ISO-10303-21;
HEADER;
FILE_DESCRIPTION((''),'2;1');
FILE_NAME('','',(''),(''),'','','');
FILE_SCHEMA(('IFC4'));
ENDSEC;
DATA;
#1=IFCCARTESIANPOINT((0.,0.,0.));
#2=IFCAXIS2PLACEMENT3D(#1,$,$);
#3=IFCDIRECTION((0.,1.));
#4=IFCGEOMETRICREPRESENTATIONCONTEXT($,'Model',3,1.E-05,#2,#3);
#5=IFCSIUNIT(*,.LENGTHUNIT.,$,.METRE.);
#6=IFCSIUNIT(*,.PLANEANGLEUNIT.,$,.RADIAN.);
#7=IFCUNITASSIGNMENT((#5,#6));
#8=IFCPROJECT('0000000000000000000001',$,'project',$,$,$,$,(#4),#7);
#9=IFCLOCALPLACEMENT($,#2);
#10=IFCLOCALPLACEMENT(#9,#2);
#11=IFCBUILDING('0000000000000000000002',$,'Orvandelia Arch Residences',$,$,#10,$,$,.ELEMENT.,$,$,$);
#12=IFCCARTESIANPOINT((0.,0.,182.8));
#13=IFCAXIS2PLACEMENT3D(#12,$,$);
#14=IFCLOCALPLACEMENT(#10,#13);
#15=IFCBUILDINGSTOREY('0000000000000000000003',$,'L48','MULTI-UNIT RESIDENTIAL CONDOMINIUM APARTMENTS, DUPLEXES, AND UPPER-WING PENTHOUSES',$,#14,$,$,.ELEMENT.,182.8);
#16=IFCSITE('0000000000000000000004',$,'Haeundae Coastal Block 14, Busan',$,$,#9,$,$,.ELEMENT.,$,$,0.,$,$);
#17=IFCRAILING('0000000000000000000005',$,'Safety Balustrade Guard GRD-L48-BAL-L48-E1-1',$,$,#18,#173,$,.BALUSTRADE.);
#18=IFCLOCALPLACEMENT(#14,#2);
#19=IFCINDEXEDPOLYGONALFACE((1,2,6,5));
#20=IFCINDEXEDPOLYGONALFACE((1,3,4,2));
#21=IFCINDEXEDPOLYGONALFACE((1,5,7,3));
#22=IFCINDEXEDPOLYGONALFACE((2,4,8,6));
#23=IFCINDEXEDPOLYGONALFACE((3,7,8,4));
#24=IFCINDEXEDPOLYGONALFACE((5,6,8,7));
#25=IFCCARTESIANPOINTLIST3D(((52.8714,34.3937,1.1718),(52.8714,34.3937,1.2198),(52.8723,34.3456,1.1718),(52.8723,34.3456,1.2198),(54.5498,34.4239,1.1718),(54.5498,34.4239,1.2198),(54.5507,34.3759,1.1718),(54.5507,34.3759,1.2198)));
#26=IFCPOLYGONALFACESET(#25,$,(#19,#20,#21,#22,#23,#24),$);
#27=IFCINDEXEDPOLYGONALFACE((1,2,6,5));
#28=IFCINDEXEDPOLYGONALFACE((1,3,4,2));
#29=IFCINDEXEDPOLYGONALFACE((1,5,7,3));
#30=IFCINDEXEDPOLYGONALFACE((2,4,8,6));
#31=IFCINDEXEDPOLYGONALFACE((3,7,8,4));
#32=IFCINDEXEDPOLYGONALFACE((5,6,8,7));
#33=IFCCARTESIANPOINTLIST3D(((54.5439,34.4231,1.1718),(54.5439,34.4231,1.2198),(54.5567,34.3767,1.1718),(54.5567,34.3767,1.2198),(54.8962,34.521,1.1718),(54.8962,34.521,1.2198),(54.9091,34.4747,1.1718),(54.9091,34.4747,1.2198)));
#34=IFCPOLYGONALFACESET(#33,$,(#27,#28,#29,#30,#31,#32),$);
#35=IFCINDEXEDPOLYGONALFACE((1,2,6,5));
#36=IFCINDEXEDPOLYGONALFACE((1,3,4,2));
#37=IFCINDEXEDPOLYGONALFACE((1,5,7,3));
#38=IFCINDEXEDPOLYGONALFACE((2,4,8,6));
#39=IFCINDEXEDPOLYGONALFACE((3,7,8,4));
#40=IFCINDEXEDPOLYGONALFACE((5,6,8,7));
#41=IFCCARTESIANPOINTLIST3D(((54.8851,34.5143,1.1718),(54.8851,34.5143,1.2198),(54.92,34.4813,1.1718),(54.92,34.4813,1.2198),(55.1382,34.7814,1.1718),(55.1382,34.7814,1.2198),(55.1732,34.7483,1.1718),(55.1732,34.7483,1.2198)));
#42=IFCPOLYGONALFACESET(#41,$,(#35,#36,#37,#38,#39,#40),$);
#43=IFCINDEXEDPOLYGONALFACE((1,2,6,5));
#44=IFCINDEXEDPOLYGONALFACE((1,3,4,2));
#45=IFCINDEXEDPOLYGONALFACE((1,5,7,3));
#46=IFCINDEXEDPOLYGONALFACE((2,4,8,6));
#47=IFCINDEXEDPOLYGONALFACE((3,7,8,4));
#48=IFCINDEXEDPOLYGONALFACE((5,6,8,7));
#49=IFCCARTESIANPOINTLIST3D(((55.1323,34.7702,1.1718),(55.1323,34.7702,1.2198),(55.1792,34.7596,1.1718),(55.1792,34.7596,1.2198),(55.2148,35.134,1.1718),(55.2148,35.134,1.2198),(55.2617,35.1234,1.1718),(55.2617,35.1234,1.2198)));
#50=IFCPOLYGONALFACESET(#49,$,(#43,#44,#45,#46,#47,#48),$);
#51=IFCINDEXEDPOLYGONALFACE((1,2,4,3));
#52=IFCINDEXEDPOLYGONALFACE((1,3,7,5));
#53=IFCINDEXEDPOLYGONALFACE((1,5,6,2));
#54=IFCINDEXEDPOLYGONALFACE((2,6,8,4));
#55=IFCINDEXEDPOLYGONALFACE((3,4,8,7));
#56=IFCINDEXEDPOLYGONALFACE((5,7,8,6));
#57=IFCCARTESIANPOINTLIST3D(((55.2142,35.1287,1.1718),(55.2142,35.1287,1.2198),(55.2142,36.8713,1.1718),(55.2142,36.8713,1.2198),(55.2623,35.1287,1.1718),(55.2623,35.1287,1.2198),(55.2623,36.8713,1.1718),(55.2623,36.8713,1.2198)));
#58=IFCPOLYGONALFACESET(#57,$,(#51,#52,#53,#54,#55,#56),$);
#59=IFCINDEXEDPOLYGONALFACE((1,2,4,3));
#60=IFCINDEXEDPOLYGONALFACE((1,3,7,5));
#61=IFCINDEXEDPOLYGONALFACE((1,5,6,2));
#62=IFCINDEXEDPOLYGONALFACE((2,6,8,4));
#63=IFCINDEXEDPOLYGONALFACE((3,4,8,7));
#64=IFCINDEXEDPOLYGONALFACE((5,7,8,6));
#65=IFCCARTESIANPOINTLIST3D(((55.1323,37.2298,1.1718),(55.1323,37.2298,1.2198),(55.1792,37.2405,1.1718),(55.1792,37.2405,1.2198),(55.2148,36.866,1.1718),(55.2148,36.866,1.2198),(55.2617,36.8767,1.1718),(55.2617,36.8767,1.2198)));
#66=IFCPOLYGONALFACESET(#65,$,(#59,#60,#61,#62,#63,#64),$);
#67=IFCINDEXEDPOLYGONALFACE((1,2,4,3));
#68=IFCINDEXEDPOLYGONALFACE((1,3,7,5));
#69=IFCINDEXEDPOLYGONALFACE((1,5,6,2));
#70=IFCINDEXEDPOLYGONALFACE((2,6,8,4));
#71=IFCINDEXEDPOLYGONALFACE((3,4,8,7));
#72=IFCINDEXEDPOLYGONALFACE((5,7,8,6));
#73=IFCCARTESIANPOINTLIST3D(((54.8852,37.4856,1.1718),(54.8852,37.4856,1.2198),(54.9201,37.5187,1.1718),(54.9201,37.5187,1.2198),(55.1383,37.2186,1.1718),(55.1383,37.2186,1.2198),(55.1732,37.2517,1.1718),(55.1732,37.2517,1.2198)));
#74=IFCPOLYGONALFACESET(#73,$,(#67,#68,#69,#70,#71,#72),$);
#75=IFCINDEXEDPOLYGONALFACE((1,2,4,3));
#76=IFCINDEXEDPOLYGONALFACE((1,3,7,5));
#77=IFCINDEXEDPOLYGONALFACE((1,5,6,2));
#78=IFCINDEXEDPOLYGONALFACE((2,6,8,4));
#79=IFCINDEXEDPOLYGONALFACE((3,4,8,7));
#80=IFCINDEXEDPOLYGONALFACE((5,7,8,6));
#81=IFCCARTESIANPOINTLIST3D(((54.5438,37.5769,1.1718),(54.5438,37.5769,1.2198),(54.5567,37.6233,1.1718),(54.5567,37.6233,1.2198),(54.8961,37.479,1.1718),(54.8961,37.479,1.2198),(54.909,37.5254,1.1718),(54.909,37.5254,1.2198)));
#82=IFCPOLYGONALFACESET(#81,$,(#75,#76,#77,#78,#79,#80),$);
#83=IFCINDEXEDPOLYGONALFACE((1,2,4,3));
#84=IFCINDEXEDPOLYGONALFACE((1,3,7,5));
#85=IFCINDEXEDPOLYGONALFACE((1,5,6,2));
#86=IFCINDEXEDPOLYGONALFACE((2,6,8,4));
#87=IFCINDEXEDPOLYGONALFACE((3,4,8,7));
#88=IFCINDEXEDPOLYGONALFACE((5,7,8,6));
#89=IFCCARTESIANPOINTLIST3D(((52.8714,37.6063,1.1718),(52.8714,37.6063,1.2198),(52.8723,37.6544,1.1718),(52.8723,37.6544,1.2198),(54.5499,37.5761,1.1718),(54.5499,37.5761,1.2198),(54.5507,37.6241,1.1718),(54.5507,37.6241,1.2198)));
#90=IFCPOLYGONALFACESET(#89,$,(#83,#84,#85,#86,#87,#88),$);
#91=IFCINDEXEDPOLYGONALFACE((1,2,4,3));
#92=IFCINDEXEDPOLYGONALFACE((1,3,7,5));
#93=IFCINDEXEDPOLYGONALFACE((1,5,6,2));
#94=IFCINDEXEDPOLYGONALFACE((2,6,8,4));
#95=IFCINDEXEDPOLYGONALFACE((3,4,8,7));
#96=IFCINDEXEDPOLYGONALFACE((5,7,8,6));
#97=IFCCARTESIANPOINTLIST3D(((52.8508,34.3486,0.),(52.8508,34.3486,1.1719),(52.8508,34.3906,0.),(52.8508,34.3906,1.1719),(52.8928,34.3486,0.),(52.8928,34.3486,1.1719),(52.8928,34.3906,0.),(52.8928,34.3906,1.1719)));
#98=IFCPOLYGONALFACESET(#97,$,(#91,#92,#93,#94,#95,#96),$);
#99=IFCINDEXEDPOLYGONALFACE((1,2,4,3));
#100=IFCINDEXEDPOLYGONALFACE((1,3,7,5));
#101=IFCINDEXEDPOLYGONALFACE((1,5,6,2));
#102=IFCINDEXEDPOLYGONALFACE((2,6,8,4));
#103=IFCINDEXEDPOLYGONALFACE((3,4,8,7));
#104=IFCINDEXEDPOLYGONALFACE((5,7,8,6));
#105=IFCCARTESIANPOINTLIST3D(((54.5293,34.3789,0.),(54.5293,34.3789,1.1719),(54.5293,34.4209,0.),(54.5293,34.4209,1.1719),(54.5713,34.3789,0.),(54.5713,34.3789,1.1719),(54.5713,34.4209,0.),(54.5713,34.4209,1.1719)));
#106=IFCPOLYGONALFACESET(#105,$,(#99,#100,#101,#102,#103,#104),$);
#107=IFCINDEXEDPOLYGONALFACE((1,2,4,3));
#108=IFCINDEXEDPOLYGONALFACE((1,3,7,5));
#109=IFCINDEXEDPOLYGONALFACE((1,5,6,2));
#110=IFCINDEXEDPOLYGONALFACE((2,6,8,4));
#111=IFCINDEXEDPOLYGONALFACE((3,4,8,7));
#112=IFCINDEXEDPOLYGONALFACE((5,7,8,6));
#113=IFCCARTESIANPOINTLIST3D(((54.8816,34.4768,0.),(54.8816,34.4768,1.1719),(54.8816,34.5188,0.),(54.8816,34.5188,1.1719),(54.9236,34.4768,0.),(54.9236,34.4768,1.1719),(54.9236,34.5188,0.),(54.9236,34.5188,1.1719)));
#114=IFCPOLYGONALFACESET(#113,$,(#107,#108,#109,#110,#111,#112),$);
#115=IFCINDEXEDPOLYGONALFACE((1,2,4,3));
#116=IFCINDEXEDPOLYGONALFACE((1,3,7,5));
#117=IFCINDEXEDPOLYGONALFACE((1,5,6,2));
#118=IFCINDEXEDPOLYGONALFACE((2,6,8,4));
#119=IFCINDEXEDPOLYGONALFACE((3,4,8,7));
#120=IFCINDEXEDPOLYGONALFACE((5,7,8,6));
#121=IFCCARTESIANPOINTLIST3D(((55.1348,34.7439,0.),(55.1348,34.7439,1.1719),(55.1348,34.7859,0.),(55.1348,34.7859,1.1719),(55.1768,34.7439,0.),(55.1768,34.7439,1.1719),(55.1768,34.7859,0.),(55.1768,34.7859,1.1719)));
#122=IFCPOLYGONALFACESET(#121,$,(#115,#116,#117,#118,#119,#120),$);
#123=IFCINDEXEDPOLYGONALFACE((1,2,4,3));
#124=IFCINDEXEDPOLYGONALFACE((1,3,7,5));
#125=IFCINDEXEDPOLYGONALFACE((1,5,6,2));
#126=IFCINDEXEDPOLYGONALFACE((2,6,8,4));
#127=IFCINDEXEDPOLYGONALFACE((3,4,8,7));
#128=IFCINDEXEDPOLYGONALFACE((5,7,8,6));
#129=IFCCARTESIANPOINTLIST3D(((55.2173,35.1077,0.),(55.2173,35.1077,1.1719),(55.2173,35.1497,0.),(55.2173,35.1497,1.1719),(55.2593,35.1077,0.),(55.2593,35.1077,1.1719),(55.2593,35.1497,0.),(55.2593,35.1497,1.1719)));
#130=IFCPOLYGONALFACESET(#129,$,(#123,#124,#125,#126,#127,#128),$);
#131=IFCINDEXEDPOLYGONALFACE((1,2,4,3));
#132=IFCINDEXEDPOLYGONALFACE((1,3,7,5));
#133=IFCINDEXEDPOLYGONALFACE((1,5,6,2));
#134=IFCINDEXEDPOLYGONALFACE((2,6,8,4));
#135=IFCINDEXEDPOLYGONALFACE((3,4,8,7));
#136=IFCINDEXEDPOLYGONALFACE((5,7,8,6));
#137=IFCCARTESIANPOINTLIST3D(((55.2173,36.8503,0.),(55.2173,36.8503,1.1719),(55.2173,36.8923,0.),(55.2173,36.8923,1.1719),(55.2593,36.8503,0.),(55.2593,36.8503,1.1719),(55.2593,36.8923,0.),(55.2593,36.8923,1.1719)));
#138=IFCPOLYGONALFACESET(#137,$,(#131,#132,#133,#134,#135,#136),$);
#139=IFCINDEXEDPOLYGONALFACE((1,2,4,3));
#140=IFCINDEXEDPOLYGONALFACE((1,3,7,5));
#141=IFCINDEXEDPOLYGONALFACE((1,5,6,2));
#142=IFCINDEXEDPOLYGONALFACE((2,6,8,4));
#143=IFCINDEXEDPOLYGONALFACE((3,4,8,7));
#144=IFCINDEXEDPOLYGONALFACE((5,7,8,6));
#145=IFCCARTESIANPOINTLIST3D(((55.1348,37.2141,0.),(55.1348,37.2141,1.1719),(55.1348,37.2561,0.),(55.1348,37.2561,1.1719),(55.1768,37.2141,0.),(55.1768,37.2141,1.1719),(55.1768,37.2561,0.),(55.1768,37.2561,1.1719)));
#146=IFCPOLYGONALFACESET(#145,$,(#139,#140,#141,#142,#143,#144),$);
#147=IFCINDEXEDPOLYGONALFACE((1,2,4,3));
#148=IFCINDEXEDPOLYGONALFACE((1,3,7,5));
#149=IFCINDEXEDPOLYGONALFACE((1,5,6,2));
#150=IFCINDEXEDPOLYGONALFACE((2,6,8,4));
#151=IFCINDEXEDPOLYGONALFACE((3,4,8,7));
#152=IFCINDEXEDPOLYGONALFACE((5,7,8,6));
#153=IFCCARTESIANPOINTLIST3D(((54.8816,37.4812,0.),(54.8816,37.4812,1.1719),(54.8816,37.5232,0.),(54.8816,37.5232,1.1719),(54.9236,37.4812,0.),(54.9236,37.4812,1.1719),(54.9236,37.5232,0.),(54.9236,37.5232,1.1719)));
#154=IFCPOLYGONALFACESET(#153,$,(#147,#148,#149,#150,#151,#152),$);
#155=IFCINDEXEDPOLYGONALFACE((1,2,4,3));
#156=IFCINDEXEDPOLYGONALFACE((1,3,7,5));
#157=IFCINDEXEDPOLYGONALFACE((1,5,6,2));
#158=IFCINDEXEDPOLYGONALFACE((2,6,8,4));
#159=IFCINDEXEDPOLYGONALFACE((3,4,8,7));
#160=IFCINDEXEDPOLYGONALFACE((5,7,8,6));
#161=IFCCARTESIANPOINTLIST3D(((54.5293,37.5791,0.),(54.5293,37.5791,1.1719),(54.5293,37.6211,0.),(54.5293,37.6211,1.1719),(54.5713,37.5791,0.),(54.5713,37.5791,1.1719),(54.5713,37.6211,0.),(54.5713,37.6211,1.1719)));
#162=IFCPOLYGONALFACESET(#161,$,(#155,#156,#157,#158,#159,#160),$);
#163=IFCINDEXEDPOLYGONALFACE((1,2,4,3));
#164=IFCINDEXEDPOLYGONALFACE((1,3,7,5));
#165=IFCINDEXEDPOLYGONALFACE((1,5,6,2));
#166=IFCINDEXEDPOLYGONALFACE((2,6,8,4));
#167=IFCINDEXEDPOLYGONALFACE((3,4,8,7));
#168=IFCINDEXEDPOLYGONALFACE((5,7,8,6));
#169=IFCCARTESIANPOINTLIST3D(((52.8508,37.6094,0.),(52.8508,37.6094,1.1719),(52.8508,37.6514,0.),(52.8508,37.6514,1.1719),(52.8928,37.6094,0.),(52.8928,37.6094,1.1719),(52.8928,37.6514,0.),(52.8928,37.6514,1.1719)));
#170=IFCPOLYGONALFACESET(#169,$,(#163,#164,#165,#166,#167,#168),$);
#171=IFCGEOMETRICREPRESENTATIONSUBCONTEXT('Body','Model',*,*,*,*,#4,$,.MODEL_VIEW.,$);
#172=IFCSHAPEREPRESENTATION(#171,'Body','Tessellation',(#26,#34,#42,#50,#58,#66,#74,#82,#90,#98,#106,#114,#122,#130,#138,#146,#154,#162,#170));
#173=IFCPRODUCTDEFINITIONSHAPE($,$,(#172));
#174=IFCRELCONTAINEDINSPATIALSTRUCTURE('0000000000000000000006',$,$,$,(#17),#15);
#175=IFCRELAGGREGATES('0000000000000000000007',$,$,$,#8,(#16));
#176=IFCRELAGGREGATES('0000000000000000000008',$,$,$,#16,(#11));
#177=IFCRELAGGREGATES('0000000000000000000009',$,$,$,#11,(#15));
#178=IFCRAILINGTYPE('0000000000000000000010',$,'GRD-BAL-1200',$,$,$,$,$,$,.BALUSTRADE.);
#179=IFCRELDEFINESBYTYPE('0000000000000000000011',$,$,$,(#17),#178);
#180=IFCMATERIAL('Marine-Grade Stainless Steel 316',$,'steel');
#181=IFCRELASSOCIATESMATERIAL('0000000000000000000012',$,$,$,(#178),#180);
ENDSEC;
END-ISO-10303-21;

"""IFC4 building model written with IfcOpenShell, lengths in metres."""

from ifc_helpers import new_model, si_unit, direction, frame, origin, origin_2d, place, context, subcontext, project, spatial, rectangle, extrude, material, type_object, element, save


model = new_model("IFC4")

# Units and contexts
model_context = context("Model", 3, precision=1e-05, world=origin(), true_north=direction((0.0, 1.0)))
body_context = subcontext(model_context, "Body", "Model", "MODEL_VIEW")
ifc_project = project(units=[si_unit("LENGTHUNIT", "METRE"), si_unit("PLANEANGLEUNIT", "RADIAN")], contexts=[model_context])

# Site, building, storey
site_placement = place(None, origin())
site = spatial("IfcSite", under=ifc_project, at=site_placement, Name="Haeundae Coastal Block 14, Busan", CompositionType="ELEMENT", RefElevation=0.0)
building_placement = place(site_placement, origin())
building = spatial("IfcBuilding", under=site, at=building_placement, Name="Orvandelia Arch Residences", CompositionType="ELEMENT")
storey_placement = place(building_placement, frame((0.0, 0.0, 182.8)))
storey = spatial("IfcBuildingStorey", under=building, at=storey_placement, Name="L48", Description="MULTI-UNIT RESIDENTIAL CONDOMINIUM APARTMENTS, DUPLEXES, AND UPPER-WING PENTHOUSES", CompositionType="ELEMENT", Elevation=182.8)

# Railing
ifc_material_1 = material(Name="Marine-Grade Stainless Steel 316", Category="steel")
railing_type = type_object("IfcRailingType", Name="GRD-BAL-1200", PredefinedType="BALUSTRADE", material=ifc_material_1)
railing_placement = place(storey_placement, frame((52.8718, 34.3696, 0.0)))
element("IfcRailing", 1, at=railing_placement, inside=storey, type_object=railing_type, Name="Safety Balustrade Guard GRD-L48-BAL-L48-E1-1", PredefinedType="BALUSTRADE", context=body_context, shape_type="SweptSolid", body=[
    extrude(rectangle(XDim=0.0481, YDim=0.0481, at=origin_2d()), frame((0.0, 0.0, 1.1958), z_axis=(0.999837, 0.018033, 0.0), x_axis=(-0.018033, 0.999837, 0.0)), (0.0, 0.0, 1.0), 1.6787),
    extrude(rectangle(XDim=0.0481, YDim=0.0481, at=origin_2d()), frame((1.6785, 0.0303, 1.1958), z_axis=(0.963489, 0.267747, 0.0), x_axis=(-0.267747, 0.963489, 0.0)), (0.0, 0.0, 1.0), 0.3657),
    extrude(rectangle(XDim=0.0481, YDim=0.0481, at=origin_2d()), frame((2.0308, 0.1282, 1.1958), z_axis=(0.687947, 0.725761, 0.0), x_axis=(-0.725761, 0.687947, 0.0)), (0.0, 0.0, 1.0), 0.3679),
    extrude(rectangle(XDim=0.0481, YDim=0.0481, at=origin_2d()), frame((2.2839, 0.3953, 1.1958), z_axis=(0.221225, 0.975223, 0.0), x_axis=(-0.975223, 0.221225, 0.0)), (0.0, 0.0, 1.0), 0.373),
    extrude(rectangle(XDim=0.0481, YDim=0.0481, at=origin_2d()), frame((2.3665, 0.759, 1.1958), z_axis=(0.0, 1.0, 0.0), x_axis=(-1.0, 0.0, 0.0)), (0.0, 0.0, 1.0), 1.7427),
    extrude(rectangle(XDim=0.0481, YDim=0.0481, at=origin_2d()), frame((2.3665, 2.5017, 1.1958), z_axis=(-0.221225, 0.975223, 0.0), x_axis=(-0.975223, -0.221225, 0.0)), (0.0, 0.0, 1.0), 0.373),
    extrude(rectangle(XDim=0.0481, YDim=0.0481, at=origin_2d()), frame((2.2839, 2.8655, 1.1958), z_axis=(-0.687947, 0.725761, 0.0), x_axis=(-0.725761, -0.687947, 0.0)), (0.0, 0.0, 1.0), 0.3679),
    extrude(rectangle(XDim=0.0481, YDim=0.0481, at=origin_2d()), frame((2.0308, 3.1326, 1.1958), z_axis=(-0.963489, 0.267747, 0.0), x_axis=(-0.267747, -0.963489, 0.0)), (0.0, 0.0, 1.0), 0.3657),
    extrude(rectangle(XDim=0.0481, YDim=0.0481, at=origin_2d()), frame((1.6785, 3.2305, 1.1958), z_axis=(-0.999837, 0.018033, 0.0), x_axis=(-0.018033, -0.999837, 0.0)), (0.0, 0.0, 1.0), 1.6787),
    extrude(rectangle(XDim=0.042, YDim=0.042, at=origin_2d()), origin(), (0.0, 0.0, 1.0), 1.1719),
    extrude(rectangle(XDim=0.042, YDim=0.042, at=origin_2d()), frame((1.6785, 0.0303, 0.0)), (0.0, 0.0, 1.0), 1.1719),
    extrude(rectangle(XDim=0.042, YDim=0.042, at=origin_2d()), frame((2.0308, 0.1282, 0.0)), (0.0, 0.0, 1.0), 1.1719),
    extrude(rectangle(XDim=0.042, YDim=0.042, at=origin_2d()), frame((2.2839, 0.3953, 0.0)), (0.0, 0.0, 1.0), 1.1719),
    extrude(rectangle(XDim=0.042, YDim=0.042, at=origin_2d()), frame((2.3665, 0.759, 0.0)), (0.0, 0.0, 1.0), 1.1719),
    extrude(rectangle(XDim=0.042, YDim=0.042, at=origin_2d()), frame((2.3665, 2.5017, 0.0)), (0.0, 0.0, 1.0), 1.1719),
    extrude(rectangle(XDim=0.042, YDim=0.042, at=origin_2d()), frame((2.2839, 2.8655, 0.0)), (0.0, 0.0, 1.0), 1.1719),
    extrude(rectangle(XDim=0.042, YDim=0.042, at=origin_2d()), frame((2.0308, 3.1326, 0.0)), (0.0, 0.0, 1.0), 1.1719),
    extrude(rectangle(XDim=0.042, YDim=0.042, at=origin_2d()), frame((1.6785, 3.2305, 0.0)), (0.0, 0.0, 1.0), 1.1719),
    extrude(rectangle(XDim=0.042, YDim=0.042, at=origin_2d()), frame((0.0, 3.2607, 0.0)), (0.0, 0.0, 1.0), 1.1719),
])

save(model, "model.ifc")
